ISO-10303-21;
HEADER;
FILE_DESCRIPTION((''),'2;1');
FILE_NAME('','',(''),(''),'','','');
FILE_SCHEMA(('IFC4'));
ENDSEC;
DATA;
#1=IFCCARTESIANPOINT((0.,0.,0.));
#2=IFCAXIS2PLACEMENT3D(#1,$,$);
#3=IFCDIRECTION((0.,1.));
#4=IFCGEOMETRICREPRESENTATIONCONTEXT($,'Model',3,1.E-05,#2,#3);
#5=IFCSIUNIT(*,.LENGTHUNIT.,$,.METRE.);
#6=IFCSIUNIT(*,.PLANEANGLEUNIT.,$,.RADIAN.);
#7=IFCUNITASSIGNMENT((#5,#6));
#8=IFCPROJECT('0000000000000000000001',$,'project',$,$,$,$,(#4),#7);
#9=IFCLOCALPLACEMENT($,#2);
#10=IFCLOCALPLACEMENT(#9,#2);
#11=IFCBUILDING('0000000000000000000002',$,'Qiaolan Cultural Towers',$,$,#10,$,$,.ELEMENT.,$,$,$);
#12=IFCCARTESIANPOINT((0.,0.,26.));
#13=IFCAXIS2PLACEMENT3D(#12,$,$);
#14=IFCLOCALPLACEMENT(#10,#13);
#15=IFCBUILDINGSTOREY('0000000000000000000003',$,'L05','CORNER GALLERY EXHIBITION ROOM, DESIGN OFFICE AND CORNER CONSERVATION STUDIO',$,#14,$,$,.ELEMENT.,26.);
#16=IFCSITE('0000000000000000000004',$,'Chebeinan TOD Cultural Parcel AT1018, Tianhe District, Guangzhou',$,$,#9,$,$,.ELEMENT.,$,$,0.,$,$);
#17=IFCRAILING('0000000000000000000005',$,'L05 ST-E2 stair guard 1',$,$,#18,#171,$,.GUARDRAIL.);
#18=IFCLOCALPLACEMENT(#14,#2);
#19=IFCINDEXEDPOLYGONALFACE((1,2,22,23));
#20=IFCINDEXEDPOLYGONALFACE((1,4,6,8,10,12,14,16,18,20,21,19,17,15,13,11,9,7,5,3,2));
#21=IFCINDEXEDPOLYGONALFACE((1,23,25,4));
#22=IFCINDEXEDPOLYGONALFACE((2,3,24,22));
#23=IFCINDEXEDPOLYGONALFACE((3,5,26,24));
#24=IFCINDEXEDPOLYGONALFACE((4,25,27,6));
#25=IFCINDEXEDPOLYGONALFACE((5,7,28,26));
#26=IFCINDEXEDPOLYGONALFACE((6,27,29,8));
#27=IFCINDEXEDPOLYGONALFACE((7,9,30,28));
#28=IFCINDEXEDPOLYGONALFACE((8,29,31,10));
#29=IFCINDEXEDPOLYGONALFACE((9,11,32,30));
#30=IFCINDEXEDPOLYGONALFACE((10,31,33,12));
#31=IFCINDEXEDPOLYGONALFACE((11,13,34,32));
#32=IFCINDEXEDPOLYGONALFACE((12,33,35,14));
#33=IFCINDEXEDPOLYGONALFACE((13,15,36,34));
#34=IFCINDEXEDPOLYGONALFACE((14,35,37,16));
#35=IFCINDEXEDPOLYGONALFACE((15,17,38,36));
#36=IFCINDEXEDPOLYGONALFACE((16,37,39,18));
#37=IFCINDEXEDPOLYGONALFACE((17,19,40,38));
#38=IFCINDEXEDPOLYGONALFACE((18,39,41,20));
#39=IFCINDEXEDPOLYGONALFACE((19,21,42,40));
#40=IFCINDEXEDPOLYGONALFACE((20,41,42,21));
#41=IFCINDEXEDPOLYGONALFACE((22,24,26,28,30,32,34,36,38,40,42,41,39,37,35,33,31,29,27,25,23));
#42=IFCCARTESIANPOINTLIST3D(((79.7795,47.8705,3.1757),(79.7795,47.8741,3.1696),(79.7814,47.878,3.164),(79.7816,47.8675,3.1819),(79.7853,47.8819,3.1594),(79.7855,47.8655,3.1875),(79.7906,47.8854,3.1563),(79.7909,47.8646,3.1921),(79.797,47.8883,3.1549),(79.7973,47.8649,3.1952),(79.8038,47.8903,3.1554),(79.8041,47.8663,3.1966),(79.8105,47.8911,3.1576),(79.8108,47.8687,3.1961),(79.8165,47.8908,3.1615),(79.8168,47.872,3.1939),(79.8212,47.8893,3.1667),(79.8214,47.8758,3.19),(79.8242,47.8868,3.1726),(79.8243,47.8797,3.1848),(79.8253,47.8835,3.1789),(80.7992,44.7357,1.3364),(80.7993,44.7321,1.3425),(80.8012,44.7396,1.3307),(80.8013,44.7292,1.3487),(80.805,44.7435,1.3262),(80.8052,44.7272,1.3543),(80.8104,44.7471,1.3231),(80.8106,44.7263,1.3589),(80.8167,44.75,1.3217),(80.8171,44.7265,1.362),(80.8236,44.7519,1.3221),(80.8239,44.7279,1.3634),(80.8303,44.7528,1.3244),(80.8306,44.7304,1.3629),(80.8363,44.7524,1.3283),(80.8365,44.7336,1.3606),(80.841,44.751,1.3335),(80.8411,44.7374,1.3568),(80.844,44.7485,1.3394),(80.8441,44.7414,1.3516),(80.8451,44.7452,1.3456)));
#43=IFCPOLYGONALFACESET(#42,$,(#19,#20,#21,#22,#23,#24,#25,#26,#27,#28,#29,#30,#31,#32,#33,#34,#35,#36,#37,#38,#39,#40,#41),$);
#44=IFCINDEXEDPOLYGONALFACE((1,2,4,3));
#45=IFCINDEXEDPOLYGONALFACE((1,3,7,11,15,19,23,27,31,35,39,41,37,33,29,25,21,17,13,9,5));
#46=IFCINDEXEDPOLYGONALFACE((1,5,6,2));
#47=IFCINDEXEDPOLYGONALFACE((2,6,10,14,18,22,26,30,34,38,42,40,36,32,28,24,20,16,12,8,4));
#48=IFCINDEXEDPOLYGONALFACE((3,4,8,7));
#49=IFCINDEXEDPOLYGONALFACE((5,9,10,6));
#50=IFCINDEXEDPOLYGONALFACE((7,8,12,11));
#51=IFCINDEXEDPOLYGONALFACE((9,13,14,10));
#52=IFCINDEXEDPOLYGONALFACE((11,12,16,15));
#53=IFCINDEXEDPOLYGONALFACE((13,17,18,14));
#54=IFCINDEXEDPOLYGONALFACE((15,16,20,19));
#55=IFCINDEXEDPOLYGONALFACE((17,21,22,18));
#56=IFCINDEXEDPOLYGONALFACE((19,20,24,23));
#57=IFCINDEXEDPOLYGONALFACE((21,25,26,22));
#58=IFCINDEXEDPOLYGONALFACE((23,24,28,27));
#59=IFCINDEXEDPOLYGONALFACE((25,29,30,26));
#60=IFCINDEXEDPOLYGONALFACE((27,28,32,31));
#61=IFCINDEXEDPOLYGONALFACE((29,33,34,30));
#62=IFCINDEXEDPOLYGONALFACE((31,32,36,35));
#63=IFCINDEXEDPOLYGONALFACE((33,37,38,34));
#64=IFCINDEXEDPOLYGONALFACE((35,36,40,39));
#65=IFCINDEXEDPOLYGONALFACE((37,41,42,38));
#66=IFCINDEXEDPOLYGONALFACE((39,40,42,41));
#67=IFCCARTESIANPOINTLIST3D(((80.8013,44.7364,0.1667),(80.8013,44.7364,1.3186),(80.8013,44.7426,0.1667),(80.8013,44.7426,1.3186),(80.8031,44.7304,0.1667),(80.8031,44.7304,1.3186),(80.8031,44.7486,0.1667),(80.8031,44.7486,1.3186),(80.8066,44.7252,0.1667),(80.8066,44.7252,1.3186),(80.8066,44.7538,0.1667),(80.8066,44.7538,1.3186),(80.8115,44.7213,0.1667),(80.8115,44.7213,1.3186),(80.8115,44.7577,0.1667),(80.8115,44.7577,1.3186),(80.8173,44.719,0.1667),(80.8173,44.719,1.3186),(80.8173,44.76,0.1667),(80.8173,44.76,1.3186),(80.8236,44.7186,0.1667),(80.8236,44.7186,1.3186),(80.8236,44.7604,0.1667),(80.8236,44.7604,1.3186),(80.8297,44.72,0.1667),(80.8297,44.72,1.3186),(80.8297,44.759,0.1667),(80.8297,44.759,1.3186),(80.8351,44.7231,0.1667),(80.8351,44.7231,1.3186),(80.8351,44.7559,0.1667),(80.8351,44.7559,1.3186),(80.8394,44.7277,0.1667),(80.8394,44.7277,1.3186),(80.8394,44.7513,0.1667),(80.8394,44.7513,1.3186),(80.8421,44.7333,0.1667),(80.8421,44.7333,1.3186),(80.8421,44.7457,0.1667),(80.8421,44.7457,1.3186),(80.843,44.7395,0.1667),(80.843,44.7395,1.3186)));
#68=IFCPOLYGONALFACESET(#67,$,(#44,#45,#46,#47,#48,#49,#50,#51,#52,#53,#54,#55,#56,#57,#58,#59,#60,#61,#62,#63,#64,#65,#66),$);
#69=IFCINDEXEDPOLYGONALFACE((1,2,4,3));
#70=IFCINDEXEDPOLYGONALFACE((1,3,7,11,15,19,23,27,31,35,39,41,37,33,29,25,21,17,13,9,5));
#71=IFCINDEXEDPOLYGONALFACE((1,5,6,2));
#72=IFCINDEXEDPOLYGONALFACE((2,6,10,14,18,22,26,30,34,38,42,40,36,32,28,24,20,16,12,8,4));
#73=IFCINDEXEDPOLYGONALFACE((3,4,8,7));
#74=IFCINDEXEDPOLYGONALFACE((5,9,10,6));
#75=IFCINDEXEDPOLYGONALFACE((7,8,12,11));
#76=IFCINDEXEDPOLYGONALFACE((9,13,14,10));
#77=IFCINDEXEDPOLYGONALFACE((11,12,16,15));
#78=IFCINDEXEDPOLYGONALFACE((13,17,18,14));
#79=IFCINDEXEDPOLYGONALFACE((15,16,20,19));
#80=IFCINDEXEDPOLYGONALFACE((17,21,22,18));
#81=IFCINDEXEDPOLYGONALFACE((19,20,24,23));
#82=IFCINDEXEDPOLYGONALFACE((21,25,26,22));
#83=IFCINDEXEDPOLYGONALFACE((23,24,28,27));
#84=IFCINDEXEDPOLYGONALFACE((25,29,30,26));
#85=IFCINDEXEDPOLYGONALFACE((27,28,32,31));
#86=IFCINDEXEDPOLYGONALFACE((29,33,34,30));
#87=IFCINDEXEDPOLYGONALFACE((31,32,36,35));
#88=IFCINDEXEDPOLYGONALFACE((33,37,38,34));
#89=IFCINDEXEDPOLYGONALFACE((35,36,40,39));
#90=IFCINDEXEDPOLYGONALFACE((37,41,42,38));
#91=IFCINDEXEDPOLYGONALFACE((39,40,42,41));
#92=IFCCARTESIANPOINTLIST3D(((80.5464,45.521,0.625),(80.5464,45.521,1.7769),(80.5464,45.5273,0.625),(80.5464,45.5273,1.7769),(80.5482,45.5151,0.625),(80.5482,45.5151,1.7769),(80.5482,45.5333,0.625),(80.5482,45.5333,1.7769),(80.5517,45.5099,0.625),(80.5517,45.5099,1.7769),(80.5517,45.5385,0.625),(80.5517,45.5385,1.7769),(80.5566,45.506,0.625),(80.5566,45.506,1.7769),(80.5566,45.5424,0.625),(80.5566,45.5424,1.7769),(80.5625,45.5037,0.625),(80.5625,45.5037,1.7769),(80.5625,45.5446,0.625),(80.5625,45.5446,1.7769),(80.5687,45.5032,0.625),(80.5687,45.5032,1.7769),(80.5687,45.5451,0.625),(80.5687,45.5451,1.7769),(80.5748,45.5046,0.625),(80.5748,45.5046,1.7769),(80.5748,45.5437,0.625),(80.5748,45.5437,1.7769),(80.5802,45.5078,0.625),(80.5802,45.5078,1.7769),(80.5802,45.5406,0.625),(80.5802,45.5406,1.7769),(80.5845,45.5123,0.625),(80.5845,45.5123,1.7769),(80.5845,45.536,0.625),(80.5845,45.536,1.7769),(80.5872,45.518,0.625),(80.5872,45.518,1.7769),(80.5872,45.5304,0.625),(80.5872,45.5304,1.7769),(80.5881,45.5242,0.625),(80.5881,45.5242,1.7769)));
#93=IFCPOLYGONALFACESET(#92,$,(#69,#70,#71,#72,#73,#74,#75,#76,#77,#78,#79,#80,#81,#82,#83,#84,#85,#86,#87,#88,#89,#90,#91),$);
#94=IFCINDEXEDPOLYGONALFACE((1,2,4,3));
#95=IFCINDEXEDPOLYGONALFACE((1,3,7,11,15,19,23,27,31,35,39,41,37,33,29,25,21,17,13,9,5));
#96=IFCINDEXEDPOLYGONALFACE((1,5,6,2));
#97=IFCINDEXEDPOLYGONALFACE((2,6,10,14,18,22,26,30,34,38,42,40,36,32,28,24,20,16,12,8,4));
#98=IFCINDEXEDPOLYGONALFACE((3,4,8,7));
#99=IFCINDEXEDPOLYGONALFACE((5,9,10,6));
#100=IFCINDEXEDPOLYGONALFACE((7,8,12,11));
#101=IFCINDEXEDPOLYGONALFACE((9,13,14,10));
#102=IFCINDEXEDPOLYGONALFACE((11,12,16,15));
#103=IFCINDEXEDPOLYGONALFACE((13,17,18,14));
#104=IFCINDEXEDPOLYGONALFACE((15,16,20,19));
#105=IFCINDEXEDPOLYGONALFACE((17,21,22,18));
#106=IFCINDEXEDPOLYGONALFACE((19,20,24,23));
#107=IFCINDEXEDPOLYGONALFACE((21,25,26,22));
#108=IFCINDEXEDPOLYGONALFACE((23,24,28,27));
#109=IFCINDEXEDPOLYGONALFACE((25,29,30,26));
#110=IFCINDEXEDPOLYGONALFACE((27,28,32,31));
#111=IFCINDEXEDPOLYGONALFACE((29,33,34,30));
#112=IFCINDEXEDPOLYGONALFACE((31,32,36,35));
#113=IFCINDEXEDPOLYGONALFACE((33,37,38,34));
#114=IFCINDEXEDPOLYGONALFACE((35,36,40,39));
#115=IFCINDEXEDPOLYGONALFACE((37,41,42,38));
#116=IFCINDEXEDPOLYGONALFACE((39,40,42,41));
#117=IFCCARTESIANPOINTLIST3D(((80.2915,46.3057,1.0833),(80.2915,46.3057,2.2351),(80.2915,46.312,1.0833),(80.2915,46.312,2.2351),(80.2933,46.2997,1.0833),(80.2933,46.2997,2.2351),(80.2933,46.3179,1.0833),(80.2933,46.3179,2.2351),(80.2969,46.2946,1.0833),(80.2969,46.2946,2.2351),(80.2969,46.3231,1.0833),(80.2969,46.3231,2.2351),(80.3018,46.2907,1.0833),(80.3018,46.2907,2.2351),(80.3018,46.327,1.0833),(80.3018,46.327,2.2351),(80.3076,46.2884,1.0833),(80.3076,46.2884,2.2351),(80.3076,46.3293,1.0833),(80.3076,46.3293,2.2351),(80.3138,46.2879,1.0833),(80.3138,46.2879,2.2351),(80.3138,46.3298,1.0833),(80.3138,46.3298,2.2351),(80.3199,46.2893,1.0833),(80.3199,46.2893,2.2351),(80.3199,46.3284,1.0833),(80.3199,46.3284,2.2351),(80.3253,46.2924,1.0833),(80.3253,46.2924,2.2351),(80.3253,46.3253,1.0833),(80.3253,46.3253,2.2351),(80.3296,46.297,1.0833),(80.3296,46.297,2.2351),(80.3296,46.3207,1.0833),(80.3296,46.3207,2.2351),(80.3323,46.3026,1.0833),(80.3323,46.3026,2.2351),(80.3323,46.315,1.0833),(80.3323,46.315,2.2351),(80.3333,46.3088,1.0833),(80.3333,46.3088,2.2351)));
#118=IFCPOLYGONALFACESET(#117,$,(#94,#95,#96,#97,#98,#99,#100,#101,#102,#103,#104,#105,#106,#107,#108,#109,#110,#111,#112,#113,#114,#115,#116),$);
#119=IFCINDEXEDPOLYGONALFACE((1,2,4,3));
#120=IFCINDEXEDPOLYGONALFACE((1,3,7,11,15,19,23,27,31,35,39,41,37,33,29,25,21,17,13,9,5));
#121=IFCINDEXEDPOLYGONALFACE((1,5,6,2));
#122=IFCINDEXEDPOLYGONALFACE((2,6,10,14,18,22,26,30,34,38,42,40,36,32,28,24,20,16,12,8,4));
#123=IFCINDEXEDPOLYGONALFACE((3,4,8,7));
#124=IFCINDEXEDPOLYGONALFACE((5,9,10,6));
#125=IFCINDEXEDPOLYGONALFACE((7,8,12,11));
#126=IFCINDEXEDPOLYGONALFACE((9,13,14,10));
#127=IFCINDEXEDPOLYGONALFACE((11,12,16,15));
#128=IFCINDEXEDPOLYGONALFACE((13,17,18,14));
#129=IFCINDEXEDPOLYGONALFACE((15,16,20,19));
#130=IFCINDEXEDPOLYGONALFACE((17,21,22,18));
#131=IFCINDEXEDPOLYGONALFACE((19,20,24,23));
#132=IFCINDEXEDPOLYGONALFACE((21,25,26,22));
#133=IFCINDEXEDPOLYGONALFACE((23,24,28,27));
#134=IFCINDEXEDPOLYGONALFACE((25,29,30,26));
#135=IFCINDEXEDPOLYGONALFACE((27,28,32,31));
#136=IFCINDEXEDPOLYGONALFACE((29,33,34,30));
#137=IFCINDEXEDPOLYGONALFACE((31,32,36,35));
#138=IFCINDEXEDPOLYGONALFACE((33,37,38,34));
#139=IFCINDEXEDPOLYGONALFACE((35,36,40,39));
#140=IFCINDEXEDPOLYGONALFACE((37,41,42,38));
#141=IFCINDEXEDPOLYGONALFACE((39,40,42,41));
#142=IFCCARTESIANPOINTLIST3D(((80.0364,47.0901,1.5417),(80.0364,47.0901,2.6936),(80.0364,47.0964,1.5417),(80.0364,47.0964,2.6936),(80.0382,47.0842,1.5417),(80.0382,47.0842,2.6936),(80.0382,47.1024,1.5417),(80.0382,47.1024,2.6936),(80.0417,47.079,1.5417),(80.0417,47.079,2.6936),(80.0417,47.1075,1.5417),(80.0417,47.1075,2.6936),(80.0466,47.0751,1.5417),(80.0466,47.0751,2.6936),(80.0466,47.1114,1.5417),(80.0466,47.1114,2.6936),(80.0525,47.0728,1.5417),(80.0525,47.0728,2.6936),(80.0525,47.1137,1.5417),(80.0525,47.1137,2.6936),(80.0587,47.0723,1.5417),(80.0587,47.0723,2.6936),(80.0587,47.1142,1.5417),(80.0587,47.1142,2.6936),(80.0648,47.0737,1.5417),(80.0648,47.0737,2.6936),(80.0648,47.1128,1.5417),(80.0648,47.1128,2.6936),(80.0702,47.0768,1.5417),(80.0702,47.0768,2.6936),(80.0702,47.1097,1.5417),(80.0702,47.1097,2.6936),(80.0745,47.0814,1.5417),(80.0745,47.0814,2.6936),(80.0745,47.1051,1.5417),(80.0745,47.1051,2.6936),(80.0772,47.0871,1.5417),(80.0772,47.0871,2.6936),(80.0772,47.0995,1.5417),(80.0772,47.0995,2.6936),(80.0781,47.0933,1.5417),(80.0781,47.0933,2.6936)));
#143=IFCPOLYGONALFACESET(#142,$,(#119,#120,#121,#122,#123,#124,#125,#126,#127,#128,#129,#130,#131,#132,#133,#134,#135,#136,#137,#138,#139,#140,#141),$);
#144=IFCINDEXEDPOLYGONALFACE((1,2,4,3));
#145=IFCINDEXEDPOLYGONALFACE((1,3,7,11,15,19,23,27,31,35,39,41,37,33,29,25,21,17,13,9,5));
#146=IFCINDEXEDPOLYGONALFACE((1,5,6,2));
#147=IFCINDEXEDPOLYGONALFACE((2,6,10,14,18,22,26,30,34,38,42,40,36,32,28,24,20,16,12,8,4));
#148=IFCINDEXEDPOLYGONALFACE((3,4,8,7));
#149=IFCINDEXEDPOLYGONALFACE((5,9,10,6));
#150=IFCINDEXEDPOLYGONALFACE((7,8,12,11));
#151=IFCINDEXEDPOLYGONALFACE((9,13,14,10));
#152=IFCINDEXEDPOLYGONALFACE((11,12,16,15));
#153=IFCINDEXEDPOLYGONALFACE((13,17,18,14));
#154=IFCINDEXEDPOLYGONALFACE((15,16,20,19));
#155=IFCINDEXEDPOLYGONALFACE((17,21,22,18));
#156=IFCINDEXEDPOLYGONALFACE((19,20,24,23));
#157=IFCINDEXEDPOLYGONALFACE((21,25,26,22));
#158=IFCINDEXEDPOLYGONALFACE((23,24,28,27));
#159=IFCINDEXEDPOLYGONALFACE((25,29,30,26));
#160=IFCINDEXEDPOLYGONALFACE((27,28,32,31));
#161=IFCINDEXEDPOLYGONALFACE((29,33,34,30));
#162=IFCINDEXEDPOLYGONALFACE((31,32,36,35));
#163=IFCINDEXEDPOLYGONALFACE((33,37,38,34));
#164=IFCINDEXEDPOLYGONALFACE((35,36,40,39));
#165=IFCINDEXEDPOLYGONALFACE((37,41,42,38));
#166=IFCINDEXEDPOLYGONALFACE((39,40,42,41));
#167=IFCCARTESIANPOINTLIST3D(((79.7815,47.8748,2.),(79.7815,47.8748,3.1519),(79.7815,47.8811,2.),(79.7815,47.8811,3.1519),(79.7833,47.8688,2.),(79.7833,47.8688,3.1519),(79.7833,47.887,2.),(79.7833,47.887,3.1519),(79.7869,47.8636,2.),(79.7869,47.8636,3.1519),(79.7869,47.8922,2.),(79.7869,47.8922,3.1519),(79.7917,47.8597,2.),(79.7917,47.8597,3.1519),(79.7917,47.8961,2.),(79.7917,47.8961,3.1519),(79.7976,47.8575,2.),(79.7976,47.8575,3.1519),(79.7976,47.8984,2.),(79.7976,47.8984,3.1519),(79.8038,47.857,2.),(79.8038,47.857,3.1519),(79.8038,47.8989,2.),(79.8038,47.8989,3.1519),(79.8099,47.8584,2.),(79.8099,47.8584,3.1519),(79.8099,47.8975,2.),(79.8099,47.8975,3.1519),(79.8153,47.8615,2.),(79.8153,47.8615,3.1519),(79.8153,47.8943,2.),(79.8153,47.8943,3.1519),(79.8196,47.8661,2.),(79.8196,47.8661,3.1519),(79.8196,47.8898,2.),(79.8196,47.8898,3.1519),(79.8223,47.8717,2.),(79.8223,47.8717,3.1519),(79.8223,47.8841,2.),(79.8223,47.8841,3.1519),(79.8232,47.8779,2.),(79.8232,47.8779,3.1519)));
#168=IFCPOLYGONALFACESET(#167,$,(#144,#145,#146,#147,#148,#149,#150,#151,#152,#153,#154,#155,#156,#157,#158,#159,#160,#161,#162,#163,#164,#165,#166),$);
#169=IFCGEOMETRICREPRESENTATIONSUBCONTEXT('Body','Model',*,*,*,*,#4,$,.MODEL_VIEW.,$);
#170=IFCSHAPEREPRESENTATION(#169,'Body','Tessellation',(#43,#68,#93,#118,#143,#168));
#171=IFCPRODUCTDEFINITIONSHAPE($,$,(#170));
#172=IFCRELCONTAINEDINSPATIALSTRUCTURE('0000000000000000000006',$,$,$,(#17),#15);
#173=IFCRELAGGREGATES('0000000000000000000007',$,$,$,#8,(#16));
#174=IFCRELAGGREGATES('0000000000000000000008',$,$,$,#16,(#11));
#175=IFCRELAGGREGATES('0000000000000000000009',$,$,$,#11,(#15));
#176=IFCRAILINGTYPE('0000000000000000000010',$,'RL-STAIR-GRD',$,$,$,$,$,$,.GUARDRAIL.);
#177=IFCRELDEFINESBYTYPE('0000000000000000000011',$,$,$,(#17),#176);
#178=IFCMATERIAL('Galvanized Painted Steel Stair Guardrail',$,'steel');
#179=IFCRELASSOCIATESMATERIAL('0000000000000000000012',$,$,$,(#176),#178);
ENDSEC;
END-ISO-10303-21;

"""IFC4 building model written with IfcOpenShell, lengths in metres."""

from ifc_helpers import new_model, si_unit, direction, frame, origin, origin_2d, place, context, subcontext, project, spatial, circle, extrude, material, type_object, element, save


model = new_model("IFC4")

# Units and contexts
model_context = context("Model", 3, precision=1e-05, world=origin(), true_north=direction((0.0, 1.0)))
body_context = subcontext(model_context, "Body", "Model", "MODEL_VIEW")
ifc_project = project(units=[si_unit("LENGTHUNIT", "METRE"), si_unit("PLANEANGLEUNIT", "RADIAN")], contexts=[model_context])

# Site, building, storey
site_placement = place(None, origin())
site = spatial("IfcSite", under=ifc_project, at=site_placement, Name="Chebeinan TOD Cultural Parcel AT1018, Tianhe District, Guangzhou", CompositionType="ELEMENT", RefElevation=0.0)
building_placement = place(site_placement, origin())
building = spatial("IfcBuilding", under=site, at=building_placement, Name="Qiaolan Cultural Towers", CompositionType="ELEMENT")
storey_placement = place(building_placement, frame((0.0, 0.0, 26.0)))
storey = spatial("IfcBuildingStorey", under=building, at=storey_placement, Name="L05", Description="CORNER GALLERY EXHIBITION ROOM, DESIGN OFFICE AND CORNER CONSERVATION STUDIO", CompositionType="ELEMENT", Elevation=26.0)

# Railing
ifc_material_1 = material(Name="Galvanized Painted Steel Stair Guardrail", Category="steel")
railing_type_1 = type_object("IfcRailingType", Name="RL-STAIR-GRD", PredefinedType="GUARDRAIL", material=ifc_material_1)
railing_1_placement = place(storey_placement, frame((80.822, 44.7395, 0.1667)))
element("IfcRailing", 1, at=railing_1_placement, inside=storey, type_object=railing_type_1, Name="L05 ST-E2 stair guard 1", PredefinedType="GUARDRAIL", context=body_context, shape_type="SweptSolid", body=[
    extrude(circle(Radius=0.0239, at=origin_2d()), frame((0.0, 0.0, 1.1758), z_axis=(-0.270141, 0.831376, 0.485632), x_axis=(-0.951053, -0.309028, 0.0)), (0.0, 0.0, 1.0), 3.7749),
    extrude(circle(Radius=0.021, at=origin_2d()), origin(), (0.0, 0.0, 1.0), 1.1519),
    extrude(circle(Radius=0.021, at=origin_2d()), frame((-0.2549, 0.7847, 0.4583)), (0.0, 0.0, 1.0), 1.1519),
    extrude(circle(Radius=0.021, at=origin_2d()), frame((-0.5098, 1.5693, 0.9165)), (0.0, 0.0, 1.0), 1.1519),
    extrude(circle(Radius=0.021, at=origin_2d()), frame((-0.7649, 2.3538, 1.375)), (0.0, 0.0, 1.0), 1.1519),
    extrude(circle(Radius=0.021, at=origin_2d()), frame((-1.0198, 3.1384, 1.8333)), (0.0, 0.0, 1.0), 1.1519),
])

save(model, "model.ifc")
